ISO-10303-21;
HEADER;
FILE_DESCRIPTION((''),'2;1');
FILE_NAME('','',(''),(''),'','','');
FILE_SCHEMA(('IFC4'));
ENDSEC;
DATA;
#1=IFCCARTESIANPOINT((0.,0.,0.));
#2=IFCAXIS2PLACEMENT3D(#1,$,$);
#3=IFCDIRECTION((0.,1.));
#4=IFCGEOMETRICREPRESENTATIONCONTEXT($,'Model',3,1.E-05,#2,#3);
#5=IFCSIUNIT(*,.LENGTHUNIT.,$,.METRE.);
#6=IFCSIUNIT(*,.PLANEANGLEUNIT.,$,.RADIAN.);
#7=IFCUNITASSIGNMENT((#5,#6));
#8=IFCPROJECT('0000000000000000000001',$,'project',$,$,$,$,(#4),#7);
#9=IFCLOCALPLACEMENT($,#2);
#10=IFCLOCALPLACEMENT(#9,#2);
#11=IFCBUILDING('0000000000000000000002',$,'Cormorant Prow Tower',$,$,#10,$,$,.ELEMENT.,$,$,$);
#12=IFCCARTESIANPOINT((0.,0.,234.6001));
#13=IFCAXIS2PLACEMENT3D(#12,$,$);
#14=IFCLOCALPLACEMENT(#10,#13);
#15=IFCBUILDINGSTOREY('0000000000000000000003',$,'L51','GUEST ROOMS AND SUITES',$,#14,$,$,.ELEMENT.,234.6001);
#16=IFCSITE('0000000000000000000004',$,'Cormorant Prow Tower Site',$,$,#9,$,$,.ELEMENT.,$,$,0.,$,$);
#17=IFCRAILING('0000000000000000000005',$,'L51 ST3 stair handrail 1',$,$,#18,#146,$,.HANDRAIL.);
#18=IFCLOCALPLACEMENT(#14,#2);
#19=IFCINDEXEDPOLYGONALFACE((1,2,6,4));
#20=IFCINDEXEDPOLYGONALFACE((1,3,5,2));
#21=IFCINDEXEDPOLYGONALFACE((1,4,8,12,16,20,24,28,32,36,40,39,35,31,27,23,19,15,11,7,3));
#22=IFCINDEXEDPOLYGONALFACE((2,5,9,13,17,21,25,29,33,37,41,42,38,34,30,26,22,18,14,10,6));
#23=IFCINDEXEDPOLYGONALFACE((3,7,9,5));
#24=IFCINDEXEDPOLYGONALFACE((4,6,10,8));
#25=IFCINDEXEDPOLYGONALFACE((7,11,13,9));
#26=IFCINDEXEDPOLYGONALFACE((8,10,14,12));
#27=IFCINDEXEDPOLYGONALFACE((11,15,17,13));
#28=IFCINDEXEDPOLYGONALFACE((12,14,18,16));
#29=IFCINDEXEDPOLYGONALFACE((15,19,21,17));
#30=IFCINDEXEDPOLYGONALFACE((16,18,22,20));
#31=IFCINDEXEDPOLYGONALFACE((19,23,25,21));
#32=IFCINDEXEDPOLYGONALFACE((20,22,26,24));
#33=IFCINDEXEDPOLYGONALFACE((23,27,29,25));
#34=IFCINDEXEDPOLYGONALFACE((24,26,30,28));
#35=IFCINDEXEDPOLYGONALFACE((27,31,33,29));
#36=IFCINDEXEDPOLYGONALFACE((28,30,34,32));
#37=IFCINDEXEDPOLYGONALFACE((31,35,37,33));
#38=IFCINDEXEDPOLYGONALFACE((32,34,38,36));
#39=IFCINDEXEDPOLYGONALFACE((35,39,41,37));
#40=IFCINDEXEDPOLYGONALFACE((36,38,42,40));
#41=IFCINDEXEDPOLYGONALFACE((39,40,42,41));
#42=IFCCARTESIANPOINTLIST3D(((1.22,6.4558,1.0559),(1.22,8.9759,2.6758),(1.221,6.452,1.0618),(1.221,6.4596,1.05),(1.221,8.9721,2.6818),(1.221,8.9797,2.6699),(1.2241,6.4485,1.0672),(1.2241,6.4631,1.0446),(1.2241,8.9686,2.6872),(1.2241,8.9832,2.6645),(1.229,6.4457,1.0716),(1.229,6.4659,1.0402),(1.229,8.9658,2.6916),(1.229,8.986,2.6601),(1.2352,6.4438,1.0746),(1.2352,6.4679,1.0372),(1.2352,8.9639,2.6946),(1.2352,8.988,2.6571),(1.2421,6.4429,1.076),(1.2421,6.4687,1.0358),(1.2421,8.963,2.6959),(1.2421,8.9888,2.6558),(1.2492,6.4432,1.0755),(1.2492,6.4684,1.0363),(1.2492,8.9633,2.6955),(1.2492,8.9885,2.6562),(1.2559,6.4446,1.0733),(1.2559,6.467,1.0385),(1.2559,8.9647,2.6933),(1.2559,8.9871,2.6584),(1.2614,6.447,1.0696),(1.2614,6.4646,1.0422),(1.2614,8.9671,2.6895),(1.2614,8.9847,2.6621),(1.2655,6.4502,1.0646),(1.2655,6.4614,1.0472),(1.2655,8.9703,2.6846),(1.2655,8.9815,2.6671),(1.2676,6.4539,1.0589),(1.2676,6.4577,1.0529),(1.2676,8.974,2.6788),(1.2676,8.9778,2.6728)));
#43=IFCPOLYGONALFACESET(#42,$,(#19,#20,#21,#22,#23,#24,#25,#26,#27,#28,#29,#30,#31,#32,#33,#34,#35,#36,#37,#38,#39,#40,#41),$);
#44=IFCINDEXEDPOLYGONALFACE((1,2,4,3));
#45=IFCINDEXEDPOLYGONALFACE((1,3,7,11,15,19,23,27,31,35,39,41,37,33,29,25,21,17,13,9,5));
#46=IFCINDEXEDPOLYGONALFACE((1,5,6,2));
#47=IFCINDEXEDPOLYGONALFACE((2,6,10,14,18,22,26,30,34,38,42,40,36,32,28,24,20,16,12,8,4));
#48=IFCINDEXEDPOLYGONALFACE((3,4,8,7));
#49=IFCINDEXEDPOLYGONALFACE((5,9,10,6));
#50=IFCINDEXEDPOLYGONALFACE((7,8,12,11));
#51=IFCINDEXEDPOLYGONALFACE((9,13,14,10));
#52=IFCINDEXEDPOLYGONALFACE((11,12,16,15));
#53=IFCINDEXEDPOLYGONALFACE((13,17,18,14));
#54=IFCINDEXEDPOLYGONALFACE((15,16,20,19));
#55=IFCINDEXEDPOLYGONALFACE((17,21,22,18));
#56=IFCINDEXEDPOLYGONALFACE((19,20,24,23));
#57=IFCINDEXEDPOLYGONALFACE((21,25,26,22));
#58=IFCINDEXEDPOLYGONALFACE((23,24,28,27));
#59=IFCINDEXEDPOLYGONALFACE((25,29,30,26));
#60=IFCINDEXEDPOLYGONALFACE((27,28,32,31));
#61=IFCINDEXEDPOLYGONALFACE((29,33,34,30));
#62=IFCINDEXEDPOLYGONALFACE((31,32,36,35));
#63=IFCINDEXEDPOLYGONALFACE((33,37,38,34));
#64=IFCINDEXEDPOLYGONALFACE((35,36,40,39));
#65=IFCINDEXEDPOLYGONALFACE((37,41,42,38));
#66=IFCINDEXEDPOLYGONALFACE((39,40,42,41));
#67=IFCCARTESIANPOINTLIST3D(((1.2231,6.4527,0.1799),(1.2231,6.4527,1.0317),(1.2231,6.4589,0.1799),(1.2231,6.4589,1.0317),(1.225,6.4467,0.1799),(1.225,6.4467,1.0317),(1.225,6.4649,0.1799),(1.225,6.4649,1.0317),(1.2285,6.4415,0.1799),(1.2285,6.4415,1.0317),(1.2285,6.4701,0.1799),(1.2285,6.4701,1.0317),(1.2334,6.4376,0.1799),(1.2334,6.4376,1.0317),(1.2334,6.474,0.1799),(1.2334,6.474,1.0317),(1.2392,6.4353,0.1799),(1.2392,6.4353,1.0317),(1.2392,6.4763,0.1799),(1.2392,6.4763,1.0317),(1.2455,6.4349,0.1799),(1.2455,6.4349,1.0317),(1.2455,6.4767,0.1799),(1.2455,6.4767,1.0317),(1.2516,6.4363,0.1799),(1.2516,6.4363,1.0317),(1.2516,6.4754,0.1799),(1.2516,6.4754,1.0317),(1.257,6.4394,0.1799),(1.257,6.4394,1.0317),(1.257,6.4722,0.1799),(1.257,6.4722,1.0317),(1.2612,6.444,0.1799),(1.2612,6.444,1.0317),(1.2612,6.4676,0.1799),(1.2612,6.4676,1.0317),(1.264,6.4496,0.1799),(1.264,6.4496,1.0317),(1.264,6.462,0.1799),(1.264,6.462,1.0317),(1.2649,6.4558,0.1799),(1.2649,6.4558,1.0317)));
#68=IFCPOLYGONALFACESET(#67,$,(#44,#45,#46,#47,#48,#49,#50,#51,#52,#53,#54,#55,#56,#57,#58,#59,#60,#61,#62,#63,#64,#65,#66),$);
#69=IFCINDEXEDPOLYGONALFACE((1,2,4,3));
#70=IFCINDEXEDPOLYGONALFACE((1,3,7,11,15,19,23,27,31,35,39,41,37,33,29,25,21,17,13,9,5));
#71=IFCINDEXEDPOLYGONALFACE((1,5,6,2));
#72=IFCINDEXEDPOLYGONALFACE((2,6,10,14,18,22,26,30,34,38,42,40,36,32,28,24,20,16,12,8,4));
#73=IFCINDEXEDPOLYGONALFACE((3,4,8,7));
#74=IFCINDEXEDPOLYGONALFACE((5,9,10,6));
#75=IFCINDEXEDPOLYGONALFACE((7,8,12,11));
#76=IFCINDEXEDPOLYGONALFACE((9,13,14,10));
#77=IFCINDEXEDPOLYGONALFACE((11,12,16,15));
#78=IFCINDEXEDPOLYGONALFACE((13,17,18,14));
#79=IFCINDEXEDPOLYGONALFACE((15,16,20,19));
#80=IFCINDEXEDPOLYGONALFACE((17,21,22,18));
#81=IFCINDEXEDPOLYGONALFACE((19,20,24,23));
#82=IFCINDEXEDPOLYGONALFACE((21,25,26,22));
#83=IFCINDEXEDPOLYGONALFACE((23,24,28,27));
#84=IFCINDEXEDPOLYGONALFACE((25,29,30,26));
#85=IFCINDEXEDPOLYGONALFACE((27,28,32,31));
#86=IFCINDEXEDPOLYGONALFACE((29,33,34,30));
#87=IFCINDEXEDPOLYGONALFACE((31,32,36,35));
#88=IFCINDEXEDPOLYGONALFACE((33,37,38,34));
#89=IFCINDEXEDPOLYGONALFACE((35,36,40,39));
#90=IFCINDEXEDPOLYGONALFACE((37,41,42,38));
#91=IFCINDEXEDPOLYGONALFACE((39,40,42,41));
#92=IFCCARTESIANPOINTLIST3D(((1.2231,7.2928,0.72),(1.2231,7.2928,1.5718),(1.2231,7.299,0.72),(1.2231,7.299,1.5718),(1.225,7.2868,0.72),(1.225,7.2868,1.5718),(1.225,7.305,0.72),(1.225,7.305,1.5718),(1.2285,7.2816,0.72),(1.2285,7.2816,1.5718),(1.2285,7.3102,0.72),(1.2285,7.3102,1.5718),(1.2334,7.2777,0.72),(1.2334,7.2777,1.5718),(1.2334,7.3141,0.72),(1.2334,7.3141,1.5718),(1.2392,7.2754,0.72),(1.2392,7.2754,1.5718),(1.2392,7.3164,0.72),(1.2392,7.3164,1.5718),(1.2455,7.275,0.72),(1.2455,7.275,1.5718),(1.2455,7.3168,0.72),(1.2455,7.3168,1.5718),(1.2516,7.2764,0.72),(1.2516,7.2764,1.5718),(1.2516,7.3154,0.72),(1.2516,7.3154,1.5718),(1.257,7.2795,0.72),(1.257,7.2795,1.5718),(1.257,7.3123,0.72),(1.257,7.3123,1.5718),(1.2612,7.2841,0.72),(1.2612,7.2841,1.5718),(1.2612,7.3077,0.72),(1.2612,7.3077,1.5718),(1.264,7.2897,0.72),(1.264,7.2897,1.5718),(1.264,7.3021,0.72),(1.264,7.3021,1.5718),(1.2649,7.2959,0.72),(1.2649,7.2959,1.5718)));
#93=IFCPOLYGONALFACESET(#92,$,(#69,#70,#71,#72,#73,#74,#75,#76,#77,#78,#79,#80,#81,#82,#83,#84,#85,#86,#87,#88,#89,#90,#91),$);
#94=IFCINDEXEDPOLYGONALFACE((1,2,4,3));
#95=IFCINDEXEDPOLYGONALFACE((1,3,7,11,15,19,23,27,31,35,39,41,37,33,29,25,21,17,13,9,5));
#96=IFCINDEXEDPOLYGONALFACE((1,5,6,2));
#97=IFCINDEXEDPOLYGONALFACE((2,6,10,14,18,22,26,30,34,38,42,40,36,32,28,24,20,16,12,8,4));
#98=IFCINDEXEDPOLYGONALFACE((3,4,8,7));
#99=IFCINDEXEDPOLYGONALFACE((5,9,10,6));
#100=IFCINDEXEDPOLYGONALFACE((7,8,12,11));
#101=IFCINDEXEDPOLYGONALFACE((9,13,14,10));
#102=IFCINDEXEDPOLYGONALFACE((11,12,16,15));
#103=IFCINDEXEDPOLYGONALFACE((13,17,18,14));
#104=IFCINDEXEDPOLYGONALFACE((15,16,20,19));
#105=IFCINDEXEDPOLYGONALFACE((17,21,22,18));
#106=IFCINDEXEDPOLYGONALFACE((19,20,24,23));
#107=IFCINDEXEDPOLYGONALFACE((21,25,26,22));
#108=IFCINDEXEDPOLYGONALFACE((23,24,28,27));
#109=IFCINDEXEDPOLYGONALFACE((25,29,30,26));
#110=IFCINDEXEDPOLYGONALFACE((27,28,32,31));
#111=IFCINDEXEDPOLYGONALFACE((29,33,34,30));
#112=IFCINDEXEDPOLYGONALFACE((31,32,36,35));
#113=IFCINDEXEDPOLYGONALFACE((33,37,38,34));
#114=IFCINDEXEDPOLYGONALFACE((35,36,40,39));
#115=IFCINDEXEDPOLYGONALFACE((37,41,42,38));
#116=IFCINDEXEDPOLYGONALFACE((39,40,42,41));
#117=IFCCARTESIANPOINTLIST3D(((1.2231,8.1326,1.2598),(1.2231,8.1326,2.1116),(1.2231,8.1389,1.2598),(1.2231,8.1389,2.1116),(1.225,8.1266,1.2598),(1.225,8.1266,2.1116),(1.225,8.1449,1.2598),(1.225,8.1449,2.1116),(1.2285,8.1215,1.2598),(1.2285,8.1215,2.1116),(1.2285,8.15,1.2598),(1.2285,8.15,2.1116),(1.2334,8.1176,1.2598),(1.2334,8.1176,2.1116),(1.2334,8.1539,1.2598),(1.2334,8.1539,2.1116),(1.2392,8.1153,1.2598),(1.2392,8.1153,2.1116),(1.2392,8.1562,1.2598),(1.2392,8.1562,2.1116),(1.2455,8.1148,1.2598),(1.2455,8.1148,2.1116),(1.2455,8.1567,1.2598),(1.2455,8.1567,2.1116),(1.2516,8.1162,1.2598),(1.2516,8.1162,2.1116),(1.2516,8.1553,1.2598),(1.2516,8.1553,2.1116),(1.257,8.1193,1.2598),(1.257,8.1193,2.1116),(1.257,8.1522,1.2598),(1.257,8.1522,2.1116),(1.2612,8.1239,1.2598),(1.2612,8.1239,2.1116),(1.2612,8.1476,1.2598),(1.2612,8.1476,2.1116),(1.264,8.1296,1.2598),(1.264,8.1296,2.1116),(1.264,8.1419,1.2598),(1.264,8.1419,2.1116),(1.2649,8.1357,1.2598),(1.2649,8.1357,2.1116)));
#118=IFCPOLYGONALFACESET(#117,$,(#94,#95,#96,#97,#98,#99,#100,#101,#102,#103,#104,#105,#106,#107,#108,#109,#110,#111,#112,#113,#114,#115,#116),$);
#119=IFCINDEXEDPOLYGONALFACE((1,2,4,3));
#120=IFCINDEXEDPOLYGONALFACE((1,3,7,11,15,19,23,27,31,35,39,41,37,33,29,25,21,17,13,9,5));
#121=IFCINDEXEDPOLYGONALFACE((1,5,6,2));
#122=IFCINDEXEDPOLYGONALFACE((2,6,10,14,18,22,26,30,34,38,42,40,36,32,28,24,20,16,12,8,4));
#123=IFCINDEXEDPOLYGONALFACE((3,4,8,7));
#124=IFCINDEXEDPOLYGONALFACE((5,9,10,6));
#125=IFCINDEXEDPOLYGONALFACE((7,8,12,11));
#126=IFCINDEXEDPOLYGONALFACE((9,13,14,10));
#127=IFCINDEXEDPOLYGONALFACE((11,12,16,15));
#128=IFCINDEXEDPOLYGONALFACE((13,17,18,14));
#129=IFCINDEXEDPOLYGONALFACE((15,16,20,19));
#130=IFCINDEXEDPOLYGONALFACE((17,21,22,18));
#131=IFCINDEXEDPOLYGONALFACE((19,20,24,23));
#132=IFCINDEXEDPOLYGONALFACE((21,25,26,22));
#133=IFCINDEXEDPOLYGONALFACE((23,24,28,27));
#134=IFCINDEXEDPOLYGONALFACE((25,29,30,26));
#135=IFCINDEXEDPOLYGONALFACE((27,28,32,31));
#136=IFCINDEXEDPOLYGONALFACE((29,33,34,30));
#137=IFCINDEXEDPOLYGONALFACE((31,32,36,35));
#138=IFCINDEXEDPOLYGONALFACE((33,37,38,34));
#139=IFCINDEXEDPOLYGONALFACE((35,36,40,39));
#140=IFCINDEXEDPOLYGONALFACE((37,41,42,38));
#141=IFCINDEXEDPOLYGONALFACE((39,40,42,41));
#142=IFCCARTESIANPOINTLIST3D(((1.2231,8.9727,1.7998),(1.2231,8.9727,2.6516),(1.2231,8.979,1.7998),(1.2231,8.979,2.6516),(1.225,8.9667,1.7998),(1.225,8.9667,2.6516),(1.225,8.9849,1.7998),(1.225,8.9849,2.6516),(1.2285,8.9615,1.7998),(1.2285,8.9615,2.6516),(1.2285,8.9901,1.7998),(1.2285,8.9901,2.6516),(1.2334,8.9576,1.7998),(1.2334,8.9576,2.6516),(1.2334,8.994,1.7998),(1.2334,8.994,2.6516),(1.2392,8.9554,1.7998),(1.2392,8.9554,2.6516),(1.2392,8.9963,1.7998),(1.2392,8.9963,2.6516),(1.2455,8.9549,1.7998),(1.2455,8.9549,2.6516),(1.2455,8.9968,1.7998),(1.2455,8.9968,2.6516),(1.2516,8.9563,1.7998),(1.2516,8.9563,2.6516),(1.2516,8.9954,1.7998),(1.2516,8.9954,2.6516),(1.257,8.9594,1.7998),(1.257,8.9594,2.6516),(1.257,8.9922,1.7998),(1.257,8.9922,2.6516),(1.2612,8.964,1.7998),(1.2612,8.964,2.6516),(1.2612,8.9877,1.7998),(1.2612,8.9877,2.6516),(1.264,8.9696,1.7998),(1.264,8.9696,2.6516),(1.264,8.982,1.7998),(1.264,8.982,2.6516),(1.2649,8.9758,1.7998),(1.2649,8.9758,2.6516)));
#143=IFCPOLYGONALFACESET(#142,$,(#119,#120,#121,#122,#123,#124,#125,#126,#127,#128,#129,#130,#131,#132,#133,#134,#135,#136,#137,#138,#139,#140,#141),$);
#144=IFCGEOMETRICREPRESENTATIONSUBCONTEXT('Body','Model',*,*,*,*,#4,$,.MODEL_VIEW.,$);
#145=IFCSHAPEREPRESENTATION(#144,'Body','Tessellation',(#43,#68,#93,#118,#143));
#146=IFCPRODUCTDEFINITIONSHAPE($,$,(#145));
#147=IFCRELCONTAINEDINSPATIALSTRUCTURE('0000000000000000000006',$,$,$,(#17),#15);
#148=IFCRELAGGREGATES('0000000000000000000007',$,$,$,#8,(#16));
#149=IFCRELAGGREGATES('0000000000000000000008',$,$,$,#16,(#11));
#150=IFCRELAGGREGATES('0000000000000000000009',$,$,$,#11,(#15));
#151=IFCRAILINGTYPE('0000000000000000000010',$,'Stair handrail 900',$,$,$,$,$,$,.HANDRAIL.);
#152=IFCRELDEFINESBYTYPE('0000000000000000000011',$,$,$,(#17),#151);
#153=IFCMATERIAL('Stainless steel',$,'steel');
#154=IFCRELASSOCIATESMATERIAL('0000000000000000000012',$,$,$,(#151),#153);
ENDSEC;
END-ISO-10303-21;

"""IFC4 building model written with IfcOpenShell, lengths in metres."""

from ifc_helpers import new_model, si_unit, direction, frame, origin, origin_2d, place, context, subcontext, project, spatial, circle, extrude, material, type_object, element, save


model = new_model("IFC4")

# Units and contexts
model_context = context("Model", 3, precision=1e-05, world=origin(), true_north=direction((0.0, 1.0)))
body_context = subcontext(model_context, "Body", "Model", "MODEL_VIEW")
ifc_project = project(units=[si_unit("LENGTHUNIT", "METRE"), si_unit("PLANEANGLEUNIT", "RADIAN")], contexts=[model_context])

# Site, building, storey
site_placement = place(None, origin())
site = spatial("IfcSite", under=ifc_project, at=site_placement, Name="Cormorant Prow Tower Site", CompositionType="ELEMENT", RefElevation=0.0)
building_placement = place(site_placement, origin())
building = spatial("IfcBuilding", under=site, at=building_placement, Name="Cormorant Prow Tower", CompositionType="ELEMENT")
storey_placement = place(building_placement, frame((0.0, 0.0, 234.6001)))
storey = spatial("IfcBuildingStorey", under=building, at=storey_placement, Name="L51", Description="GUEST ROOMS AND SUITES", CompositionType="ELEMENT", Elevation=234.6001)

# Railing
ifc_material_1 = material(Name="Stainless steel", Category="steel")
railing_type_1 = type_object("IfcRailingType", Name="Stair handrail 900", PredefinedType="HANDRAIL", material=ifc_material_1)
railing_1_placement = place(storey_placement, frame((1.2439, 6.4558, 0.1799)))
element("IfcRailing", 1, at=railing_1_placement, inside=storey, type_object=railing_type_1, Name="L51 ST3 stair handrail 1", PredefinedType="HANDRAIL", context=body_context, shape_type="SweptSolid", body=[
    extrude(circle(Radius=0.0239, at=origin_2d()), frame((0.0, 0.0, 0.876), z_axis=(0.0, 0.8412, 0.540725), x_axis=(-1.0, 0.0, 0.0)), (0.0, 0.0, 1.0), 2.9958),
    extrude(circle(Radius=0.021, at=origin_2d()), origin(), (0.0, 0.0, 1.0), 0.8518),
    extrude(circle(Radius=0.021, at=origin_2d()), frame((0.0, 0.8401, 0.54)), (0.0, 0.0, 1.0), 0.8518),
    extrude(circle(Radius=0.021, at=origin_2d()), frame((0.0, 1.6799, 1.0798)), (0.0, 0.0, 1.0), 0.8518),
    extrude(circle(Radius=0.021, at=origin_2d()), frame((0.0, 2.52, 1.6199)), (0.0, 0.0, 1.0), 0.8518),
])

save(model, "model.ifc")
